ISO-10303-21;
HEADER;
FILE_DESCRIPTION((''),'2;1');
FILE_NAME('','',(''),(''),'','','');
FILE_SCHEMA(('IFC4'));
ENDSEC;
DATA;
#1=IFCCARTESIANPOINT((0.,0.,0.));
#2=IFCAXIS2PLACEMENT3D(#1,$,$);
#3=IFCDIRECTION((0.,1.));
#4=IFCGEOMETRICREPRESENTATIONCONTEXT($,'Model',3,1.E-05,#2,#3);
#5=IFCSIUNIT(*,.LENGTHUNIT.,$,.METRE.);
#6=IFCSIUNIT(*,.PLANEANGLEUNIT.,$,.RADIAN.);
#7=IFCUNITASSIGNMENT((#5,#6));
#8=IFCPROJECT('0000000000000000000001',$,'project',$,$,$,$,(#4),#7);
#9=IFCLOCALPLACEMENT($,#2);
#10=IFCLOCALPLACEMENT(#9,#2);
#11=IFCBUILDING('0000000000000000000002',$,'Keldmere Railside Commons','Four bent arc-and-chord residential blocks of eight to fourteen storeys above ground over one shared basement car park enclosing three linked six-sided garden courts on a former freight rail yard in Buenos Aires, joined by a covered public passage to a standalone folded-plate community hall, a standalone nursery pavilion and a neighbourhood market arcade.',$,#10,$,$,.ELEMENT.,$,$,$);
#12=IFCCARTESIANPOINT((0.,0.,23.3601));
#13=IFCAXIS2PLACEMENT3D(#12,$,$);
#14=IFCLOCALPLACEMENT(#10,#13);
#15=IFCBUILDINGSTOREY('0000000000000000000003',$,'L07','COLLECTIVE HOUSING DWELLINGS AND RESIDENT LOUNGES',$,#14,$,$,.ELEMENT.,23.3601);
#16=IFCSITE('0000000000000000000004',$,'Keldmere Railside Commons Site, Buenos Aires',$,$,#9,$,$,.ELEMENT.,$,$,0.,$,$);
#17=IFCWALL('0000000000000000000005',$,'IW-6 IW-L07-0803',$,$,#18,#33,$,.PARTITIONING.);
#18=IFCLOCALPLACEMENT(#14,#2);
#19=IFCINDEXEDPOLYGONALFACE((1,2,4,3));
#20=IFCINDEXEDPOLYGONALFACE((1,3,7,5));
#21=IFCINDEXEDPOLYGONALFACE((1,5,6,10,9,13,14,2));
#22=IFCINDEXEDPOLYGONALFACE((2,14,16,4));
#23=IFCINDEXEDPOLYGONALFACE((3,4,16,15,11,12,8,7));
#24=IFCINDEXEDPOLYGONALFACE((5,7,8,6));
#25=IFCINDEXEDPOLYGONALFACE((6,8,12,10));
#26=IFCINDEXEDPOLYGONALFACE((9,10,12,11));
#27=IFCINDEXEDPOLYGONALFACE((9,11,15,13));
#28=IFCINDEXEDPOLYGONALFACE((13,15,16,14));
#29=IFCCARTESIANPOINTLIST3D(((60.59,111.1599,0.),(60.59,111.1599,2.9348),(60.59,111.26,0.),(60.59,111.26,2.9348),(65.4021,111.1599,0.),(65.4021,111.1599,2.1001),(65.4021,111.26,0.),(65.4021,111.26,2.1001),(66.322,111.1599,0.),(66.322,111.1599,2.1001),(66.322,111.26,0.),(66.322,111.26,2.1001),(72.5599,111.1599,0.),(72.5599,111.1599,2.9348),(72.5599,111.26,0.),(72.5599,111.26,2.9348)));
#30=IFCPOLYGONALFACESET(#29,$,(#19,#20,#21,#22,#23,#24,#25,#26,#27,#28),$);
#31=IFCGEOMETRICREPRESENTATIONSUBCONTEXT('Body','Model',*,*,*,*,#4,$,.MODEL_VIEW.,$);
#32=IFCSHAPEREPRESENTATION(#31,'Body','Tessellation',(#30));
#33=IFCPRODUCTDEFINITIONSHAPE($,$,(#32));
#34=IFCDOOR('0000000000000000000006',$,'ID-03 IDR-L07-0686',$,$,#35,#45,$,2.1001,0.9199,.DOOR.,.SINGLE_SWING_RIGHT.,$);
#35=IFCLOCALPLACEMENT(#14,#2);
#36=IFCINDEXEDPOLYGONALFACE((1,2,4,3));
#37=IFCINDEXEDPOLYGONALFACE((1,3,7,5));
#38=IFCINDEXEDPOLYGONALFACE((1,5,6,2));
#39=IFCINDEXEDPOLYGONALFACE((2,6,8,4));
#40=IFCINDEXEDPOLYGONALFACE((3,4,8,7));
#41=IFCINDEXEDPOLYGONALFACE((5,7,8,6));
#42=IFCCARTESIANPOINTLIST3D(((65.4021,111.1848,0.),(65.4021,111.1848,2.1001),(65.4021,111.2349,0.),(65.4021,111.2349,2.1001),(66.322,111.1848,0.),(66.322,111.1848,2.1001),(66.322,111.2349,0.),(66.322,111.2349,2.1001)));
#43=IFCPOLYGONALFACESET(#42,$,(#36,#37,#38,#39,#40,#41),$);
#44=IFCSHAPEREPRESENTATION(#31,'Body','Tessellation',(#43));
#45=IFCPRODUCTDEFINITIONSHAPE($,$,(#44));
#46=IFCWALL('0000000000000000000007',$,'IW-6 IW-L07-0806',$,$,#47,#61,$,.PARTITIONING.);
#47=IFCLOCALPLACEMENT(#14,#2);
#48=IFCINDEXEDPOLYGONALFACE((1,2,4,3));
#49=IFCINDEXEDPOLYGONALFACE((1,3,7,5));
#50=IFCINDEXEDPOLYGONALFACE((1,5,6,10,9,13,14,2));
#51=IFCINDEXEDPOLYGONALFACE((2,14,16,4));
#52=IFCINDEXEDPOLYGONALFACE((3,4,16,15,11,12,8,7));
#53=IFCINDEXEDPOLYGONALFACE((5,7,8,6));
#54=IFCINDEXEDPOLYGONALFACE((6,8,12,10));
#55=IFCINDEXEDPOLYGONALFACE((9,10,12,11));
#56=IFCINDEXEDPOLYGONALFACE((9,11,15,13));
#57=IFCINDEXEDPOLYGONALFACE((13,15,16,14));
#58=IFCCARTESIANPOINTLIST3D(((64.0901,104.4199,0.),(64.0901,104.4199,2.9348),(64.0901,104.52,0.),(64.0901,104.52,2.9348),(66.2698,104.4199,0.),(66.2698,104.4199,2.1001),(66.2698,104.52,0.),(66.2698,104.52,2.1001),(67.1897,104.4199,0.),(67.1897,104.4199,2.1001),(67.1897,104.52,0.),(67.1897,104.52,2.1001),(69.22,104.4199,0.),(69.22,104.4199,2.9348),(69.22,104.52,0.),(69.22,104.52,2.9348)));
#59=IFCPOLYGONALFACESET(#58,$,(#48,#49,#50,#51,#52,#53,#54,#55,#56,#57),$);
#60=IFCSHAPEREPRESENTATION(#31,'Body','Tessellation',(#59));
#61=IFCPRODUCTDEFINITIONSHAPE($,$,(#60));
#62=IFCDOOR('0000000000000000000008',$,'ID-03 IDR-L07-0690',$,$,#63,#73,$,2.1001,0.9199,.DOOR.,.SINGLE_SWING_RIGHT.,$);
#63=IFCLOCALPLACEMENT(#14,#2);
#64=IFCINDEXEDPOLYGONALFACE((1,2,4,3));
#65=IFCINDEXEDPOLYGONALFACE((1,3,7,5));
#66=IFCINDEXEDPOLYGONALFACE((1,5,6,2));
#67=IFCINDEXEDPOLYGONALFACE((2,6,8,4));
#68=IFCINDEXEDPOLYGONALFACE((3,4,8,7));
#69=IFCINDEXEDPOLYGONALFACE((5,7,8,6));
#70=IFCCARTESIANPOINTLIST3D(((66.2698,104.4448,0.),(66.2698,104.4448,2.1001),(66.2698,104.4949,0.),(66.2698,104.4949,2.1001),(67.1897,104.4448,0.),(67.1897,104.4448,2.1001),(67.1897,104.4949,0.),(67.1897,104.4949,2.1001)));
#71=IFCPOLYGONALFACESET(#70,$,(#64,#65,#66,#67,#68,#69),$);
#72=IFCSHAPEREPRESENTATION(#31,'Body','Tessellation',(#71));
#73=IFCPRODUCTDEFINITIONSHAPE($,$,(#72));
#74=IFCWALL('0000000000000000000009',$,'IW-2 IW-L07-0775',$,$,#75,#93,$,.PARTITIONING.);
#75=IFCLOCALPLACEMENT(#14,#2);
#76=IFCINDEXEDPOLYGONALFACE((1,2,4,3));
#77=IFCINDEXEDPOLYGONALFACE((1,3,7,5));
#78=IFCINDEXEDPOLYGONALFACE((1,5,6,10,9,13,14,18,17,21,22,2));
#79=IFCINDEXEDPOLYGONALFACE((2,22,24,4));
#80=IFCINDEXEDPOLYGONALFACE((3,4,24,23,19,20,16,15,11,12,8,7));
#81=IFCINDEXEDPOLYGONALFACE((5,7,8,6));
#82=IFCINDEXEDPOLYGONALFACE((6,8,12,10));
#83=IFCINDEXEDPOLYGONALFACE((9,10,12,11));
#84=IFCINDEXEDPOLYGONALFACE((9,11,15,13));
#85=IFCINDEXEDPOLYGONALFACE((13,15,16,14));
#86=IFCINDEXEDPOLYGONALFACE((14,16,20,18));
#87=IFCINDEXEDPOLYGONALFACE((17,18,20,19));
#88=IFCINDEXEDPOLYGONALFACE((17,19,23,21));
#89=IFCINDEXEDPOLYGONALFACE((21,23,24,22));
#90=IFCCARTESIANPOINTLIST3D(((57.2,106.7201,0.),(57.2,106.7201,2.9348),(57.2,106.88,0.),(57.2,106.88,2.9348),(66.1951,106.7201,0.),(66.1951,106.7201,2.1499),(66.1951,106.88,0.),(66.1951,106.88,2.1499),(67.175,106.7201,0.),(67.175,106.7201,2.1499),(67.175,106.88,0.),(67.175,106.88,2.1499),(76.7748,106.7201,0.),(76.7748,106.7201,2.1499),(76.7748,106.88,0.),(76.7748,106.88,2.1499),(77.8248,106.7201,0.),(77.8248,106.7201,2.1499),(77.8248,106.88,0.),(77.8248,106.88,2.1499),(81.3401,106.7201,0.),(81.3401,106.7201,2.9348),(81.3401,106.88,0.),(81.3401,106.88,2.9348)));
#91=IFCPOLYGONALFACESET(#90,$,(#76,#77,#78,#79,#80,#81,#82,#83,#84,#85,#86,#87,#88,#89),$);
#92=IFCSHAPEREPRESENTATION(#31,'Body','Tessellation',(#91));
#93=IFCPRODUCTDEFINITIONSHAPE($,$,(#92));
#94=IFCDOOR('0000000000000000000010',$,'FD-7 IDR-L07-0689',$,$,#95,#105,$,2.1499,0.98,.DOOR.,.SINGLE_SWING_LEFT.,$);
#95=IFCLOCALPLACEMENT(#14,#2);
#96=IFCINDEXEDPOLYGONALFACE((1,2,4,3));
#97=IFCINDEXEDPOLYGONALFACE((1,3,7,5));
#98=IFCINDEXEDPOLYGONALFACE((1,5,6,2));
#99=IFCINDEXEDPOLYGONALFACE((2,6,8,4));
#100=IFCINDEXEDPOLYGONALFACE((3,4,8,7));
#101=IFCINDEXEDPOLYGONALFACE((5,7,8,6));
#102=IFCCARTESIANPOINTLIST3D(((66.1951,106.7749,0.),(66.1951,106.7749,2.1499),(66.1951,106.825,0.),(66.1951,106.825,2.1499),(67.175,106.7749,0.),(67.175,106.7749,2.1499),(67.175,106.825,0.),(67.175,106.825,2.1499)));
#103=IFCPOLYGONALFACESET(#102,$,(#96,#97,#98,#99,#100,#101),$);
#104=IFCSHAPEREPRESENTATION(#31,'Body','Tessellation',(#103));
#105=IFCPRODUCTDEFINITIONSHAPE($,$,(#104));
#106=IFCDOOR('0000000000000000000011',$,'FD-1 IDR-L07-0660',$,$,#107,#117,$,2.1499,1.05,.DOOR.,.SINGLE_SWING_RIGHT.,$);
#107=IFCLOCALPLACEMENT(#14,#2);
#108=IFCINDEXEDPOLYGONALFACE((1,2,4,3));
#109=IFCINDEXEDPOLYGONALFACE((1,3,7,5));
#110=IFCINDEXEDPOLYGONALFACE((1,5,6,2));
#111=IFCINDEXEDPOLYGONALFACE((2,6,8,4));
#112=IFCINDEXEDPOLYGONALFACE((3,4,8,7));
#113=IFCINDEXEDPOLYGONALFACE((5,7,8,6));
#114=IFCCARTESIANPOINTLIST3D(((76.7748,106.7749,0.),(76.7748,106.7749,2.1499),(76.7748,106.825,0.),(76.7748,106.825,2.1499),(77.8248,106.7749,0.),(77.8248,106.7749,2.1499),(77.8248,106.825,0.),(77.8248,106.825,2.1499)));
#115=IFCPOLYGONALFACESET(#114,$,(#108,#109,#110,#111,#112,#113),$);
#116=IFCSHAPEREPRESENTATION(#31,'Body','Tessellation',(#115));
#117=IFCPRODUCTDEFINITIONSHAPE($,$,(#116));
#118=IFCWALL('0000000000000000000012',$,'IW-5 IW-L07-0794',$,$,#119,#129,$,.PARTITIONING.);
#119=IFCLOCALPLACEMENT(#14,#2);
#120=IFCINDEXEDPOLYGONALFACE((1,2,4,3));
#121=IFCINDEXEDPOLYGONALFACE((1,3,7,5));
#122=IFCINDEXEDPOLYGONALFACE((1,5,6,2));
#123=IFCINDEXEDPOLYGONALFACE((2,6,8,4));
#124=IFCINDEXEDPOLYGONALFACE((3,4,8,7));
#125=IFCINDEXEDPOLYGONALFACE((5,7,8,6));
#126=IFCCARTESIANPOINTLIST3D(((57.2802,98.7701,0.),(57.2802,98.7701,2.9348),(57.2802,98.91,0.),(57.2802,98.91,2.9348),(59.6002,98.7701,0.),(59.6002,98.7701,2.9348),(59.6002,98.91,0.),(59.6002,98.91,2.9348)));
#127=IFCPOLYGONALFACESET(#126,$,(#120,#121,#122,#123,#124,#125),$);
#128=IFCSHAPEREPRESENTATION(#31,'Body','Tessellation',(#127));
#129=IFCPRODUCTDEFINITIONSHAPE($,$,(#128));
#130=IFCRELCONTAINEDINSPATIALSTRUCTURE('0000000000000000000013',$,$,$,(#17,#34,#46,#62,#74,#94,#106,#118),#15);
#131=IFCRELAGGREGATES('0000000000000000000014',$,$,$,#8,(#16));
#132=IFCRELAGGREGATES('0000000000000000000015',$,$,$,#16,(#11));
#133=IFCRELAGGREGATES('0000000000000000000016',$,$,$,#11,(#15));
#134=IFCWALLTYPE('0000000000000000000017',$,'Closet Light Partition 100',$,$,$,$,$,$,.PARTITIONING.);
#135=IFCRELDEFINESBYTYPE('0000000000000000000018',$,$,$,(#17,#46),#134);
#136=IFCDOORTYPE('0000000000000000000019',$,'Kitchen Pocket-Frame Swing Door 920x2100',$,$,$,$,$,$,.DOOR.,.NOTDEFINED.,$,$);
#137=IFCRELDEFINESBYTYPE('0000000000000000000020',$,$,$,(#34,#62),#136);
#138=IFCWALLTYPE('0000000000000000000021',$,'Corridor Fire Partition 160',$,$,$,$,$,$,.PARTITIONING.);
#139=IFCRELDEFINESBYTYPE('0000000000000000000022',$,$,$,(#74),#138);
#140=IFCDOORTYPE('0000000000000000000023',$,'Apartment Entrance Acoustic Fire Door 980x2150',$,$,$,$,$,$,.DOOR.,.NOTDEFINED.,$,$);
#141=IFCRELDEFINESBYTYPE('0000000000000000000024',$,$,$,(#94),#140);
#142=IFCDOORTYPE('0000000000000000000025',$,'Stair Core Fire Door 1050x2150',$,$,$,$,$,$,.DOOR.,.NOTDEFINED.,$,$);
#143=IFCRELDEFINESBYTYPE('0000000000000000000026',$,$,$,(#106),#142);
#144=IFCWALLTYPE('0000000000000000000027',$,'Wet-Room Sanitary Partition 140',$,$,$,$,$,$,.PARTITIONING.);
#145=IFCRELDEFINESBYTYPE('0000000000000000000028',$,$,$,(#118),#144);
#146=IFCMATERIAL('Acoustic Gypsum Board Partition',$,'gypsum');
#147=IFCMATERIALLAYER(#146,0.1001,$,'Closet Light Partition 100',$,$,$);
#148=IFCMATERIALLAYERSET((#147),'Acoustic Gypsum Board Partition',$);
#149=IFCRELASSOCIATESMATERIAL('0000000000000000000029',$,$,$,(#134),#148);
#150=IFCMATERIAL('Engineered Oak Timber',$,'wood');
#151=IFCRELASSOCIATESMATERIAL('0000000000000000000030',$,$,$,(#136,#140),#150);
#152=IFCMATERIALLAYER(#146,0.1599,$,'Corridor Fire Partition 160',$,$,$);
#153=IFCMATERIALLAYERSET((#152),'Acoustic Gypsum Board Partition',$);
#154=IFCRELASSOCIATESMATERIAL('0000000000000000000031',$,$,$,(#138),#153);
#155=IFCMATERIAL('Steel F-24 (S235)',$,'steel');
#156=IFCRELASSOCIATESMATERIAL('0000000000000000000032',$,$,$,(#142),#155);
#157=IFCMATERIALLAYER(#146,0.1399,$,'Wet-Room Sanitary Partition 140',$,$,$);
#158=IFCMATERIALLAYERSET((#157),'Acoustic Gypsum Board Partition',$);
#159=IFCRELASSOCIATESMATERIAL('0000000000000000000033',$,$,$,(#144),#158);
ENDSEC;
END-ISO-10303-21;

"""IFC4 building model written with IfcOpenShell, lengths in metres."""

from ifc_helpers import new_model, si_unit, direction, frame, frame_2d, origin, place, context, subcontext, project, spatial, rectangle, extrude, material, layer, layer_set, type_object, element, fill, save


model = new_model("IFC4")

# Units and contexts
model_context = context("Model", 3, precision=1e-05, world=origin(), true_north=direction((0.0, 1.0)))
body_context = subcontext(model_context, "Body", "Model", "MODEL_VIEW")
ifc_project = project(units=[si_unit("LENGTHUNIT", "METRE"), si_unit("PLANEANGLEUNIT", "RADIAN")], contexts=[model_context])

# Site, building, storey
site_placement = place(None, origin())
site = spatial("IfcSite", under=ifc_project, at=site_placement, Name="Keldmere Railside Commons Site, Buenos Aires", CompositionType="ELEMENT", RefElevation=0.0)
building_placement = place(site_placement, origin())
building = spatial("IfcBuilding", under=site, at=building_placement, Name="Keldmere Railside Commons", Description="Four bent arc-and-chord residential blocks of eight to fourteen storeys above ground over one shared basement car park enclosing three linked six-sided garden courts on a former freight rail yard in Buenos Aires, joined by a covered public passage to a standalone folded-plate community hall, a standalone nursery pavilion and a neighbourhood market arcade.", CompositionType="ELEMENT")
storey_placement = place(building_placement, frame((0.0, 0.0, 23.3601)))
storey = spatial("IfcBuildingStorey", under=building, at=storey_placement, Name="L07", Description="COLLECTIVE HOUSING DWELLINGS AND RESIDENT LOUNGES", CompositionType="ELEMENT", Elevation=23.3601)

# Shared definitions
ifc_material_1 = material(Name="Acoustic Gypsum Board Partition", Category="gypsum")

# Walls, openings, doors
ifc_material_2 = material(Name="Engineered Oak Timber", Category="wood")
ifc_layer_1 = layer(ifc_material_1, 0.1001, Name="Closet Light Partition 100")
ifc_layer_set_1 = layer_set([ifc_layer_1], Name="Acoustic Gypsum Board Partition")
wall_type_1 = type_object("IfcWallType", Name="Closet Light Partition 100", PredefinedType="PARTITIONING", material=ifc_layer_set_1)
wall_1_placement = place(storey_placement, frame((60.5901, 111.21, 0.0), z_axis=(0.0, 0.0, 1.0), x_axis=(1.0, 0.0, 0.0)))
wall_1 = element("IfcWall", 1, at=wall_1_placement, inside=storey, type_object=wall_type_1, Name="IW-6 IW-L07-0803", PredefinedType="PARTITIONING", context=body_context, shape_type="SweptSolid", body=[
    extrude(rectangle(XDim=11.97, YDim=0.1001, at=frame_2d((5.9849, 0.0))), origin(), (0.0, 0.0, 1.0), 2.9348),
])
opening_1_placement = place(wall_1_placement, frame((4.812, 0.0, 0.0)))
opening_1 = element("IfcOpeningElement", 2, at=opening_1_placement, cuts=wall_1, PredefinedType="OPENING", context=body_context, shape_type="SweptSolid", body=[
    extrude(rectangle(XDim=0.9199, YDim=2.1001, at=frame_2d((0.46, 1.05))), frame((0.0, 0.0601, 0.0), z_axis=(0.0, -1.0, 0.0), x_axis=(1.0, 0.0, 0.0)), (0.0, 0.0, 1.0), 0.1201),
])
door_type_1 = type_object("IfcDoorType", Name="Kitchen Pocket-Frame Swing Door 920x2100", OperationType="NOTDEFINED", PredefinedType="DOOR", material=ifc_material_2)
door_1_placement = place(opening_1_placement, origin())
door_1 = element("IfcDoor", 3, at=door_1_placement, inside=storey, type_object=door_type_1, Name="ID-03 IDR-L07-0686", OperationType="SINGLE_SWING_RIGHT", OverallHeight=2.1001, OverallWidth=0.9199, PredefinedType="DOOR", context=body_context, shape_type="SweptSolid", body=[
    extrude(rectangle(XDim=0.9199, YDim=2.1001, at=frame_2d((0.46, 1.05))), frame((0.0, 0.0249, 0.0), z_axis=(0.0, -1.0, 0.0), x_axis=(1.0, 0.0, 0.0)), (0.0, 0.0, 1.0), 0.05),
])
fill(opening_1, door_1)
wall_2_placement = place(storey_placement, frame((64.0901, 104.47, 0.0), z_axis=(0.0, 0.0, 1.0), x_axis=(1.0, 0.0, 0.0)))
wall_2 = element("IfcWall", 4, at=wall_2_placement, inside=storey, type_object=wall_type_1, Name="IW-6 IW-L07-0806", PredefinedType="PARTITIONING", context=body_context, shape_type="SweptSolid", body=[
    extrude(rectangle(XDim=5.1299, YDim=0.1001, at=frame_2d((2.5649, 0.0))), origin(), (0.0, 0.0, 1.0), 2.9348),
])
opening_2_placement = place(wall_2_placement, frame((2.1797, 0.0, 0.0)))
opening_2 = element("IfcOpeningElement", 5, at=opening_2_placement, cuts=wall_2, PredefinedType="OPENING", context=body_context, shape_type="SweptSolid", body=[
    extrude(rectangle(XDim=0.9199, YDim=2.1001, at=frame_2d((0.46, 1.05))), frame((0.0, 0.0601, 0.0), z_axis=(0.0, -1.0, 0.0), x_axis=(1.0, 0.0, 0.0)), (0.0, 0.0, 1.0), 0.1201),
])
door_2_placement = place(opening_2_placement, origin())
door_2 = element("IfcDoor", 6, at=door_2_placement, inside=storey, type_object=door_type_1, Name="ID-03 IDR-L07-0690", OperationType="SINGLE_SWING_RIGHT", OverallHeight=2.1001, OverallWidth=0.9199, PredefinedType="DOOR", context=body_context, shape_type="SweptSolid", body=[
    extrude(rectangle(XDim=0.9199, YDim=2.1001, at=frame_2d((0.46, 1.05))), frame((0.0, 0.0249, 0.0), z_axis=(0.0, -1.0, 0.0), x_axis=(1.0, 0.0, 0.0)), (0.0, 0.0, 1.0), 0.05),
])
fill(opening_2, door_2)

# Wall, openings, doors
ifc_layer_2 = layer(ifc_material_1, 0.1599, Name="Corridor Fire Partition 160")
ifc_layer_set_2 = layer_set([ifc_layer_2], Name="Acoustic Gypsum Board Partition")
wall_type_2 = type_object("IfcWallType", Name="Corridor Fire Partition 160", PredefinedType="PARTITIONING", material=ifc_layer_set_2)
wall_3_placement = place(storey_placement, frame((57.2, 106.8, 0.0), z_axis=(0.0, 0.0, 1.0), x_axis=(1.0, 0.0, 0.0)))
wall_3 = element("IfcWall", 7, at=wall_3_placement, inside=storey, type_object=wall_type_2, Name="IW-2 IW-L07-0775", PredefinedType="PARTITIONING", context=body_context, shape_type="SweptSolid", body=[
    extrude(rectangle(XDim=24.1401, YDim=0.1599, at=frame_2d((12.0701, 0.0))), origin(), (0.0, 0.0, 1.0), 2.9348),
])
opening_3_placement = place(wall_3_placement, frame((19.575, 0.0, 0.0)))
opening_3 = element("IfcOpeningElement", 8, at=opening_3_placement, cuts=wall_3, PredefinedType="OPENING", context=body_context, shape_type="SweptSolid", body=[
    extrude(rectangle(XDim=1.05, YDim=2.1499, at=frame_2d((0.5249, 1.075))), frame((0.0, 0.0898, 0.0), z_axis=(0.0, -1.0, 0.0), x_axis=(1.0, 0.0, 0.0)), (0.0, 0.0, 1.0), 0.1799),
])
opening_4_placement = place(wall_3_placement, frame((8.9951, 0.0, 0.0)))
opening_4 = element("IfcOpeningElement", 9, at=opening_4_placement, cuts=wall_3, PredefinedType="OPENING", context=body_context, shape_type="SweptSolid", body=[
    extrude(rectangle(XDim=0.98, YDim=2.1499, at=frame_2d((0.49, 1.075))), frame((0.0, 0.0898, 0.0), z_axis=(0.0, -1.0, 0.0), x_axis=(1.0, 0.0, 0.0)), (0.0, 0.0, 1.0), 0.1799),
])
door_type_2 = type_object("IfcDoorType", Name="Apartment Entrance Acoustic Fire Door 980x2150", OperationType="NOTDEFINED", PredefinedType="DOOR", material=ifc_material_2)
door_3_placement = place(opening_4_placement, origin())
door_3 = element("IfcDoor", 10, at=door_3_placement, inside=storey, type_object=door_type_2, Name="FD-7 IDR-L07-0689", OperationType="SINGLE_SWING_LEFT", OverallHeight=2.1499, OverallWidth=0.98, PredefinedType="DOOR", context=body_context, shape_type="SweptSolid", body=[
    extrude(rectangle(XDim=0.98, YDim=2.1499, at=frame_2d((0.49, 1.075))), frame((0.0, 0.0249, 0.0), z_axis=(0.0, -1.0, 0.0), x_axis=(1.0, 0.0, 0.0)), (0.0, 0.0, 1.0), 0.05),
])
fill(opening_4, door_3)
ifc_material_3 = material(Name="Steel F-24 (S235)", Category="steel")
door_type_3 = type_object("IfcDoorType", Name="Stair Core Fire Door 1050x2150", OperationType="NOTDEFINED", PredefinedType="DOOR", material=ifc_material_3)
door_4_placement = place(opening_3_placement, origin())
door_4 = element("IfcDoor", 11, at=door_4_placement, inside=storey, type_object=door_type_3, Name="FD-1 IDR-L07-0660", OperationType="SINGLE_SWING_RIGHT", OverallHeight=2.1499, OverallWidth=1.05, PredefinedType="DOOR", context=body_context, shape_type="SweptSolid", body=[
    extrude(rectangle(XDim=1.05, YDim=2.1499, at=frame_2d((0.5249, 1.075))), frame((0.0, 0.0249, 0.0), z_axis=(0.0, -1.0, 0.0), x_axis=(1.0, 0.0, 0.0)), (0.0, 0.0, 1.0), 0.05),
])
fill(opening_3, door_4)

# Wall
ifc_layer_3 = layer(ifc_material_1, 0.1399, Name="Wet-Room Sanitary Partition 140")
ifc_layer_set_3 = layer_set([ifc_layer_3], Name="Acoustic Gypsum Board Partition")
wall_type_3 = type_object("IfcWallType", Name="Wet-Room Sanitary Partition 140", PredefinedType="PARTITIONING", material=ifc_layer_set_3)
wall_4_placement = place(storey_placement, frame((57.28, 98.8401, 0.0), z_axis=(0.0, 0.0, 1.0), x_axis=(1.0, 0.0, 0.0)))
element("IfcWall", 12, at=wall_4_placement, inside=storey, type_object=wall_type_3, Name="IW-5 IW-L07-0794", PredefinedType="PARTITIONING", context=body_context, shape_type="SweptSolid", body=[
    extrude(rectangle(XDim=2.3201, YDim=0.1399, at=frame_2d((1.1602, 0.0))), origin(), (0.0, 0.0, 1.0), 2.9348),
])

save(model, "model.ifc")
